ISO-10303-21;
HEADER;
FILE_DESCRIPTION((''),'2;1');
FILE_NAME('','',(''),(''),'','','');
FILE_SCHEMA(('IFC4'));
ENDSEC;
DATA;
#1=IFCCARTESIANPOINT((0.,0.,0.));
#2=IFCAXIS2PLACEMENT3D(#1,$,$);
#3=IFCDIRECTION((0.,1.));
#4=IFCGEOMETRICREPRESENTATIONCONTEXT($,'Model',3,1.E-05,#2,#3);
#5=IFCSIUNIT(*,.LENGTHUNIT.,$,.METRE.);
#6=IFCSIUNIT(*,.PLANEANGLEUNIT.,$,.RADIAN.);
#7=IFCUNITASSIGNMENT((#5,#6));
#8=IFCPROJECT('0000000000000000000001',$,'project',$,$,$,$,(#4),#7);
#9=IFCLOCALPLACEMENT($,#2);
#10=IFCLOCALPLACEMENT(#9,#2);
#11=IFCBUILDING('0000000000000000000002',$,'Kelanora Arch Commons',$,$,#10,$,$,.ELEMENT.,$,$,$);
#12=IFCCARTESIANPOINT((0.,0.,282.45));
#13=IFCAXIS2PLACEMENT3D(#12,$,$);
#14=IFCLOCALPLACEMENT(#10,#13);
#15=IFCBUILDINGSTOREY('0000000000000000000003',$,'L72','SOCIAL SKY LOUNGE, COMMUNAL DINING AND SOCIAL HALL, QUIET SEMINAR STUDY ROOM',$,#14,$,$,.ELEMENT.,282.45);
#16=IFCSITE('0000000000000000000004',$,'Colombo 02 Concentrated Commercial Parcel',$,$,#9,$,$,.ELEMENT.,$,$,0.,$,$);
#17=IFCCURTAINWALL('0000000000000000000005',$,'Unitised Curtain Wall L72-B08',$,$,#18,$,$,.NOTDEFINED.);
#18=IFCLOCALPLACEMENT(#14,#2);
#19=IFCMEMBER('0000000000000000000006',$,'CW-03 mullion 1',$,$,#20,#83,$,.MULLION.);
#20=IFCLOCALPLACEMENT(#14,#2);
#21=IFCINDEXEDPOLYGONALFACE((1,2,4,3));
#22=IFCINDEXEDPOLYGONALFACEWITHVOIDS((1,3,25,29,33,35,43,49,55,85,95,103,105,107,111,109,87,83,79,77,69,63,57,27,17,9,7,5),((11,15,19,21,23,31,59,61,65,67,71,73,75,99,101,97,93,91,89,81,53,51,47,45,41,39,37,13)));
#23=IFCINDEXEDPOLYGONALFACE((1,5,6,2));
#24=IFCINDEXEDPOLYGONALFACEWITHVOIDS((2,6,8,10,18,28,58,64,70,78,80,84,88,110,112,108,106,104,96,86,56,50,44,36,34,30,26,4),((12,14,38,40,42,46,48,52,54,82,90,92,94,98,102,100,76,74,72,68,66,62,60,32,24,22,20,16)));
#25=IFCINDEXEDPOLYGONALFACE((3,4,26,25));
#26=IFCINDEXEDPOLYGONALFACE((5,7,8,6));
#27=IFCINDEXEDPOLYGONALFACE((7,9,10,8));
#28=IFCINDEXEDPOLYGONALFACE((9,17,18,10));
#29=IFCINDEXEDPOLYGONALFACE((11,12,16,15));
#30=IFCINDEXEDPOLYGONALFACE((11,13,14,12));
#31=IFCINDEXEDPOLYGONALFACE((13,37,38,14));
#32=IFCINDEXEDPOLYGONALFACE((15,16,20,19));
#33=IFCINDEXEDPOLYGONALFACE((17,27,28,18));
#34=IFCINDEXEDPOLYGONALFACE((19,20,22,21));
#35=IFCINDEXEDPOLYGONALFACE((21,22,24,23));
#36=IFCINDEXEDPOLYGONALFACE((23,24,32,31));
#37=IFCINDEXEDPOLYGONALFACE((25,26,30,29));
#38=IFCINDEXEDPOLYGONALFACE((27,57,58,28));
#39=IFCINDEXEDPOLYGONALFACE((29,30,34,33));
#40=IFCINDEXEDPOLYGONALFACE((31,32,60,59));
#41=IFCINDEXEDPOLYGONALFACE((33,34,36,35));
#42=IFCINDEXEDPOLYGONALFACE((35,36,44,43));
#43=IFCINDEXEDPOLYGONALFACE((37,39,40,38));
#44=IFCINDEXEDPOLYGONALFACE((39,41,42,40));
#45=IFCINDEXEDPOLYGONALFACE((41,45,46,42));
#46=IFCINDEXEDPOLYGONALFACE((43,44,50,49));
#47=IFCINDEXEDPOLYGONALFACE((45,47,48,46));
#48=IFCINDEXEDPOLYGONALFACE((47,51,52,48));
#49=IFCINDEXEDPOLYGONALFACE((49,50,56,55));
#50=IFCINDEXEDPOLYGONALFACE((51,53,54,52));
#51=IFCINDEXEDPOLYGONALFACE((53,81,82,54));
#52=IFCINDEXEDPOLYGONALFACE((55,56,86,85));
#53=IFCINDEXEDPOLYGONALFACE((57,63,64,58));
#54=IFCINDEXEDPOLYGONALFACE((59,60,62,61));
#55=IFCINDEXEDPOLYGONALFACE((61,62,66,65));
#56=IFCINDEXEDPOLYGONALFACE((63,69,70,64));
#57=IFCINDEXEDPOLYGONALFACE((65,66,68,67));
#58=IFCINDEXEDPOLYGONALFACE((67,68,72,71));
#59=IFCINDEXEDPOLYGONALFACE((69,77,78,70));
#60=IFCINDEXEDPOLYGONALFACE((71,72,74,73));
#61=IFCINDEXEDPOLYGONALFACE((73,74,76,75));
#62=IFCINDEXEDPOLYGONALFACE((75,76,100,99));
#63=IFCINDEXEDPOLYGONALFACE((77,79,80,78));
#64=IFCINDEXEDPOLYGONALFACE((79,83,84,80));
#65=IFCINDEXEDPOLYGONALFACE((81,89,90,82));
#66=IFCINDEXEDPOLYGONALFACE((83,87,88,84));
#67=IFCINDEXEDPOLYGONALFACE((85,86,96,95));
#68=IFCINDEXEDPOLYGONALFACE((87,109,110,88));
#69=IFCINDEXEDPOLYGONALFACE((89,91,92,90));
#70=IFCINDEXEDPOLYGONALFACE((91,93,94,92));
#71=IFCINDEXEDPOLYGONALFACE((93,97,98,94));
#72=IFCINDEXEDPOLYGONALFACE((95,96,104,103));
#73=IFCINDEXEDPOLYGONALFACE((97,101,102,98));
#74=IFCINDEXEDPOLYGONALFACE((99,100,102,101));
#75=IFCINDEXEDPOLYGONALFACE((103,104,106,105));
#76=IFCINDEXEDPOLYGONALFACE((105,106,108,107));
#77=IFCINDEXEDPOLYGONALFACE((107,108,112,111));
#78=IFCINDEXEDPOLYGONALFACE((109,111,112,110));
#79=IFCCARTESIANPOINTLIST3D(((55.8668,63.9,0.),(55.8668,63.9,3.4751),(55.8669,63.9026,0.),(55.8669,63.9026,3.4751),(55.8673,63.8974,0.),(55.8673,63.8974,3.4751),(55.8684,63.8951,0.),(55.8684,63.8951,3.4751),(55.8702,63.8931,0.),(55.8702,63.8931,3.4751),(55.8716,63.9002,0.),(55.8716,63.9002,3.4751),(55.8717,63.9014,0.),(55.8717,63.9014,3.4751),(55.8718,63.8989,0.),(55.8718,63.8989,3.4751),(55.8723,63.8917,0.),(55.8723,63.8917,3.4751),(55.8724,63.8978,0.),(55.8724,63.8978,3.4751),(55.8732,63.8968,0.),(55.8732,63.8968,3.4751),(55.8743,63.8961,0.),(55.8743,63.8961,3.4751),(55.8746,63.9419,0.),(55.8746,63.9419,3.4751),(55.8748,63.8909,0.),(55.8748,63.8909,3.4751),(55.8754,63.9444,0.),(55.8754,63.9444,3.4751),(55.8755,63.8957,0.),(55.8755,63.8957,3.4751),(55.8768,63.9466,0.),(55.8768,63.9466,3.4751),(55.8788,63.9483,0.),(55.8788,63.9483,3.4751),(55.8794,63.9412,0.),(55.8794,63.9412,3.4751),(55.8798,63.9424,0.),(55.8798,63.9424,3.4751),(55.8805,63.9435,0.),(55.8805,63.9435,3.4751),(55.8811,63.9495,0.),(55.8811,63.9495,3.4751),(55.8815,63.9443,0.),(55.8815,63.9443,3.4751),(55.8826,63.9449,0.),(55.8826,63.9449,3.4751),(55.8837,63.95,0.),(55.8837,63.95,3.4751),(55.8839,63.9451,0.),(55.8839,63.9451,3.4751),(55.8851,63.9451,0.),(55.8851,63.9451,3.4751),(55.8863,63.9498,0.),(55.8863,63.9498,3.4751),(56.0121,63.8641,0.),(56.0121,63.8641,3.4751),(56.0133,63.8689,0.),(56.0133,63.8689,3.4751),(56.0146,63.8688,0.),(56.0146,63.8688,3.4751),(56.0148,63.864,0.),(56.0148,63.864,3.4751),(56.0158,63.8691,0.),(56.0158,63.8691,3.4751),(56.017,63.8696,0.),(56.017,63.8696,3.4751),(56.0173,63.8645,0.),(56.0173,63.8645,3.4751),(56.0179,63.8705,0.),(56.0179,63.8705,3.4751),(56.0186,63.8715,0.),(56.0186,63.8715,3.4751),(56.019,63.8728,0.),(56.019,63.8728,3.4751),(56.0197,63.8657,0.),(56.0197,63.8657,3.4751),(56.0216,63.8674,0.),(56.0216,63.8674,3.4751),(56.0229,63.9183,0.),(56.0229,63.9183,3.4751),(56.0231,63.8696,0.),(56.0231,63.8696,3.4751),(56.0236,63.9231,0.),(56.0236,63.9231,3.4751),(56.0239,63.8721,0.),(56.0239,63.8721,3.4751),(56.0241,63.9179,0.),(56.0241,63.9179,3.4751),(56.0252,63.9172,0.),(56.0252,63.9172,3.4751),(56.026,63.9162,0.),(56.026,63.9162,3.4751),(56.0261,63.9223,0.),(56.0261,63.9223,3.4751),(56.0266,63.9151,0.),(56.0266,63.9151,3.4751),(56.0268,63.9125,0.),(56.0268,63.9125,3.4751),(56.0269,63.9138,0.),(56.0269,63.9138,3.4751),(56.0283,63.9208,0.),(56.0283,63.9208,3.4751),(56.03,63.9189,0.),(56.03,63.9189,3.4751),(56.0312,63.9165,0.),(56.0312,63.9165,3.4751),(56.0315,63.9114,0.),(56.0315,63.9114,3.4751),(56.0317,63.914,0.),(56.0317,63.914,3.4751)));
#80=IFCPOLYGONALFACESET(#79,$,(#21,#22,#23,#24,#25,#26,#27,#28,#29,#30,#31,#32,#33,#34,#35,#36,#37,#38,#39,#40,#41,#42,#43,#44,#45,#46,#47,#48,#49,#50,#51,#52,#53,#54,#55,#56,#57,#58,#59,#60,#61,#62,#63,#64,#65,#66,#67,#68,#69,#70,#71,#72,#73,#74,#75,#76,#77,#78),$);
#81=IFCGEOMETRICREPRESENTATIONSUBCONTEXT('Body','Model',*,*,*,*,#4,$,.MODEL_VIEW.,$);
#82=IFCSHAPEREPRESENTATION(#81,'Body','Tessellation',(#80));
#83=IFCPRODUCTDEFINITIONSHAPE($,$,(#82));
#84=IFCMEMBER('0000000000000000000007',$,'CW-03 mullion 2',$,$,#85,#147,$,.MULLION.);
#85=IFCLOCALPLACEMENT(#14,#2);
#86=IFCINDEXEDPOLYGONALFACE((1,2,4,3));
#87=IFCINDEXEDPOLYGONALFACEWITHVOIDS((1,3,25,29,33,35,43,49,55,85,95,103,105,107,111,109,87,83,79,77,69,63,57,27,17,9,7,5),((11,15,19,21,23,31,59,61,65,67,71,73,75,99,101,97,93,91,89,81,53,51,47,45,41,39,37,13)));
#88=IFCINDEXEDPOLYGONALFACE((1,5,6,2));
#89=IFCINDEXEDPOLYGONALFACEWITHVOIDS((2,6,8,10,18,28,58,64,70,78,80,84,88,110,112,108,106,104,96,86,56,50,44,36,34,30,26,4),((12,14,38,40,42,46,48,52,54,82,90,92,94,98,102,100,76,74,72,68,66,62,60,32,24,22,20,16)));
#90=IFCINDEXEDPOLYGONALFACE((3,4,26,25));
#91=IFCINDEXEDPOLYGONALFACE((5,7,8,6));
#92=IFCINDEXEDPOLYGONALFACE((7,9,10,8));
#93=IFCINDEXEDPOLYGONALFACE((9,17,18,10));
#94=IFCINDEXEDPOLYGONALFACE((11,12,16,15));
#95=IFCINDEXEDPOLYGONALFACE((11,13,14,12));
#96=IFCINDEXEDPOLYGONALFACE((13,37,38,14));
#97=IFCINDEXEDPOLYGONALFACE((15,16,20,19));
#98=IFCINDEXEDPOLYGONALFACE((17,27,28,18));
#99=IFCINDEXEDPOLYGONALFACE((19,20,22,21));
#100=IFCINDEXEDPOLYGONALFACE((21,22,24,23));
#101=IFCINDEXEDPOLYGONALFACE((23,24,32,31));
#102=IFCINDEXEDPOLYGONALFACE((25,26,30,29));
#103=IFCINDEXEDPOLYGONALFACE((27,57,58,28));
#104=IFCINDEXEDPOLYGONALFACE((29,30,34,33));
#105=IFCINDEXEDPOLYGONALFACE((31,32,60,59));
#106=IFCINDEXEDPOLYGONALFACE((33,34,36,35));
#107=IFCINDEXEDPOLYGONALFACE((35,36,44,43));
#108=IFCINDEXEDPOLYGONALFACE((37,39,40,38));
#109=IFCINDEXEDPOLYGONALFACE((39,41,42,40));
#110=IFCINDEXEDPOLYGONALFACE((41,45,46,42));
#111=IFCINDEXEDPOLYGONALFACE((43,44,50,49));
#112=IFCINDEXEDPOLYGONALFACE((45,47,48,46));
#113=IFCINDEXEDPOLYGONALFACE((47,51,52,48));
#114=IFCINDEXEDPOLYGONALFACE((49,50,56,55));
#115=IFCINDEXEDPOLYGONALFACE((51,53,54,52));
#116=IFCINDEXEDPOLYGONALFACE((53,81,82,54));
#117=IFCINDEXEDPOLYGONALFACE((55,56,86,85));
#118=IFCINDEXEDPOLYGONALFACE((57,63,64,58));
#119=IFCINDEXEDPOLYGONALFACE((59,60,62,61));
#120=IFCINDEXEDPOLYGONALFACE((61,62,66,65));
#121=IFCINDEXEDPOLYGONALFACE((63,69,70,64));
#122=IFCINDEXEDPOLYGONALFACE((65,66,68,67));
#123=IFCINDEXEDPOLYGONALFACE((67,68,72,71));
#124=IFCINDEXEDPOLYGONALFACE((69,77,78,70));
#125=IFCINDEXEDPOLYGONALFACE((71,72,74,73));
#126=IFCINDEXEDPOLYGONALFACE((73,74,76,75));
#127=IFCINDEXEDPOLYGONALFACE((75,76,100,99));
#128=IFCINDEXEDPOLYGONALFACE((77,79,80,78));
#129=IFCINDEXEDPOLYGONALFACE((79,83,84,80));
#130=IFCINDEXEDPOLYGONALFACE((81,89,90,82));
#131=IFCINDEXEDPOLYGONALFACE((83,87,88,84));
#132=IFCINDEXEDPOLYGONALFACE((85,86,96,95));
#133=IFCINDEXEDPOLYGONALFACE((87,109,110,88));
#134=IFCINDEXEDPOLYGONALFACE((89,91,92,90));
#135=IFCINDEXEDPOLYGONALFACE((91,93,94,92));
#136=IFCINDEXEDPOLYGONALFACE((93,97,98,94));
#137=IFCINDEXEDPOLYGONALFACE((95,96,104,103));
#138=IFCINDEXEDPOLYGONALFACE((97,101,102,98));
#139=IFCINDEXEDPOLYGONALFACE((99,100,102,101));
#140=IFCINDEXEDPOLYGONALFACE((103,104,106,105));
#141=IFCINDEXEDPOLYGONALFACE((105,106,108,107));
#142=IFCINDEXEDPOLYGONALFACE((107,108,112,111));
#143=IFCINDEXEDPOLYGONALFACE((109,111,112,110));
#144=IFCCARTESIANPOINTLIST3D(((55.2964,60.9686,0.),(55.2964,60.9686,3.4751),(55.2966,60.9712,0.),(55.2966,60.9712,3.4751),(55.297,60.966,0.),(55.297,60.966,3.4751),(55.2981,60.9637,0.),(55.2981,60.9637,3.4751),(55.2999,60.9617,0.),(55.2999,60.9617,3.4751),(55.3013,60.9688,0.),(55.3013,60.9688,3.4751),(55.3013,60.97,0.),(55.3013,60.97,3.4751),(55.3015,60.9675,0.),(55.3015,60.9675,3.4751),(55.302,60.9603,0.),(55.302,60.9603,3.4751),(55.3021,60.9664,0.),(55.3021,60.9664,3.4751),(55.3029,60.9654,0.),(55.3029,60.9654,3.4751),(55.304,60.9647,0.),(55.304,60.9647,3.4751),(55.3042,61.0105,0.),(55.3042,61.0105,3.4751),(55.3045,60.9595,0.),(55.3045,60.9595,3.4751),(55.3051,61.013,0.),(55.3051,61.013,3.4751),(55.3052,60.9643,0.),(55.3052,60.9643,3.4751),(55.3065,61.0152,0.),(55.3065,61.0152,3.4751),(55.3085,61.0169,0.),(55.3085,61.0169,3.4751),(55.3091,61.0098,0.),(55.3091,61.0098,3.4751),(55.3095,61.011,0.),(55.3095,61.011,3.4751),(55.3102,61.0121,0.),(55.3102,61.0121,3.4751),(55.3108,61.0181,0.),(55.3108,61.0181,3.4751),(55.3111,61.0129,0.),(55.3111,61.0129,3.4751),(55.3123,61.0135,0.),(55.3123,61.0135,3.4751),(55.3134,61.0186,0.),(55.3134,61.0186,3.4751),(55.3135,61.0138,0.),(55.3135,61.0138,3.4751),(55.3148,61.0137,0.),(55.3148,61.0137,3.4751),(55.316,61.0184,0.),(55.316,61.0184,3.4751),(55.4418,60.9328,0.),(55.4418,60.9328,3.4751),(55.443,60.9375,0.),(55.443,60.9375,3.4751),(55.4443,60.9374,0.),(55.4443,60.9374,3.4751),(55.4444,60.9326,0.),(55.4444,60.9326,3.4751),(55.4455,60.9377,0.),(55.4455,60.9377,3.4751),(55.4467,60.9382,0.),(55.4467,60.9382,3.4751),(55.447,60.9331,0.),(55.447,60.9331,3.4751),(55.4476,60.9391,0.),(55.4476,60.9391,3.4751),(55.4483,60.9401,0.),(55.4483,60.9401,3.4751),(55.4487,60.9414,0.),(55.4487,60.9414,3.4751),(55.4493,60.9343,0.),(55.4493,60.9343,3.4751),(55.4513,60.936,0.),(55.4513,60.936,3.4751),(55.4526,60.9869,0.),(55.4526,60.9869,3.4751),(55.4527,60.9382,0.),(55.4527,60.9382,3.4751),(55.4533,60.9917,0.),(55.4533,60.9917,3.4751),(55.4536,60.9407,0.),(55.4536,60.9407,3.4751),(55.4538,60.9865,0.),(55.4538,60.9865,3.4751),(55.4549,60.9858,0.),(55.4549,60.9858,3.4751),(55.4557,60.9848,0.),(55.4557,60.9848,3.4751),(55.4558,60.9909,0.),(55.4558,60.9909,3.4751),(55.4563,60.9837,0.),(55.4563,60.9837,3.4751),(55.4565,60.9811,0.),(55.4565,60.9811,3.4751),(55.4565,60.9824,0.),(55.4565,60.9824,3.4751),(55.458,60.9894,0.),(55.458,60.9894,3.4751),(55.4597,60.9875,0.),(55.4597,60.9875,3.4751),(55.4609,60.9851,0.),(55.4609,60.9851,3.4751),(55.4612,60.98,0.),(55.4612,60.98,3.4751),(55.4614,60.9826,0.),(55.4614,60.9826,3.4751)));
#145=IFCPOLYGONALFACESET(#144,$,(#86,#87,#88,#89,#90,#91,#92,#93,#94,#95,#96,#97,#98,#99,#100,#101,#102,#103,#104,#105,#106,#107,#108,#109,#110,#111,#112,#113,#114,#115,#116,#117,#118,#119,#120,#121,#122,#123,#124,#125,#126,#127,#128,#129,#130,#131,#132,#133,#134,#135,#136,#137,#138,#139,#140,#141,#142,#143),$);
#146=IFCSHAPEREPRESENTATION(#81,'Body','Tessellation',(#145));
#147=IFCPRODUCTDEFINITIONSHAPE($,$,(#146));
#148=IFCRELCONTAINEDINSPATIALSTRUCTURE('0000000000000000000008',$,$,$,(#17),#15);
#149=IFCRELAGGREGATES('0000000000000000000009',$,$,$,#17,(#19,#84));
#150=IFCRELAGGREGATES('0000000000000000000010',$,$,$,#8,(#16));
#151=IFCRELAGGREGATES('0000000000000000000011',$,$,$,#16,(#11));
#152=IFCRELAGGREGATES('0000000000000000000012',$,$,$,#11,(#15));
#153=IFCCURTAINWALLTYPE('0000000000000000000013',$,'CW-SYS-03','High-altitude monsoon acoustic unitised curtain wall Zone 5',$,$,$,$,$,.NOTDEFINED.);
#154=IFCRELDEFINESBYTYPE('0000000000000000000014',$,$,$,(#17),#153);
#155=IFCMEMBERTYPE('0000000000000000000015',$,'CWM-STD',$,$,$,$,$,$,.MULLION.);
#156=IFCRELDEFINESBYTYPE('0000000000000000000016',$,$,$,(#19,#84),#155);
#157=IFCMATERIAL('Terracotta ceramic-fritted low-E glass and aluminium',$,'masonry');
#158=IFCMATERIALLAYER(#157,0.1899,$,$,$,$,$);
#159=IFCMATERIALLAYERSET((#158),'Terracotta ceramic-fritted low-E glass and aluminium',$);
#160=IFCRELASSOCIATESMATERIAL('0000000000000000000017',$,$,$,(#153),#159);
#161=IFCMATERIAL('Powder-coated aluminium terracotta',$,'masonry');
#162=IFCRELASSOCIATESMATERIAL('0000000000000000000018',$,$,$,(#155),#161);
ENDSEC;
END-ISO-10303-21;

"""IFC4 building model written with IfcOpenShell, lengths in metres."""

from ifc_helpers import new_model, si_unit, direction, frame, origin, origin_2d, place, context, subcontext, project, spatial, hollow_rectangle, extrude, material, layer, layer_set, material_profile, profile_set, type_object, element, aggregate, save


model = new_model("IFC4")

# Units and contexts
model_context = context("Model", 3, precision=1e-05, world=origin(), true_north=direction((0.0, 1.0)))
body_context = subcontext(model_context, "Body", "Model", "MODEL_VIEW")
ifc_project = project(units=[si_unit("LENGTHUNIT", "METRE"), si_unit("PLANEANGLEUNIT", "RADIAN")], contexts=[model_context])

# Site, building, storey
site_placement = place(None, origin())
site = spatial("IfcSite", under=ifc_project, at=site_placement, Name="Colombo 02 Concentrated Commercial Parcel", CompositionType="ELEMENT", RefElevation=0.0)
building_placement = place(site_placement, origin())
building = spatial("IfcBuilding", under=site, at=building_placement, Name="Kelanora Arch Commons", CompositionType="ELEMENT")
storey_placement = place(building_placement, frame((0.0, 0.0, 282.45)))
storey = spatial("IfcBuildingStorey", under=building, at=storey_placement, Name="L72", Description="SOCIAL SKY LOUNGE, COMMUNAL DINING AND SOCIAL HALL, QUIET SEMINAR STUDY ROOM", CompositionType="ELEMENT", Elevation=282.45)

# Curtain wall, members
ifc_material_1 = material(Name="Terracotta ceramic-fritted low-E glass and aluminium", Category="masonry")
ifc_layer_1 = layer(ifc_material_1, 0.1899)
ifc_layer_set_1 = layer_set([ifc_layer_1], Name="Terracotta ceramic-fritted low-E glass and aluminium")
curtain_wall_type = type_object("IfcCurtainWallType", Name="CW-SYS-03", Description="High-altitude monsoon acoustic unitised curtain wall Zone 5", PredefinedType="NOTDEFINED", material=ifc_layer_set_1)
curtain_wall_placement = place(storey_placement, origin())
curtain_wall = element("IfcCurtainWall", 1, at=curtain_wall_placement, inside=storey, type_object=curtain_wall_type, Name="Unitised Curtain Wall L72-B08", PredefinedType="NOTDEFINED")
ifc_material_2 = material(Name="Powder-coated aluminium terracotta", Category="masonry")
ifc_material_profile_1 = material_profile(ifc_material_2, hollow_rectangle(XDim=0.1599, YDim=0.0601, WallThickness=0.0049, InnerFilletRadius=0.0049, OuterFilletRadius=0.01, at=origin_2d()), Name="CWM160x60")
ifc_profile_set_1 = profile_set([ifc_material_profile_1], Name="Powder-coated aluminium terracotta")
member_type_1 = type_object("IfcMemberType", Name="CWM-STD", PredefinedType="MULLION", material=ifc_profile_set_1)
member_1_placement = place(storey_placement, frame((55.9492, 63.907, 0.0), z_axis=(0.0, 0.0, 1.0), x_axis=(0.981596, -0.190972, 0.0)))
member_1 = element("IfcMember", 2, at=member_1_placement, type_object=member_type_1, Name="CW-03 mullion 1", PredefinedType="MULLION", context=body_context, shape_type="SweptSolid", body=[
    extrude(hollow_rectangle(XDim=0.1599, YDim=0.0601, WallThickness=0.0049, InnerFilletRadius=0.0049, OuterFilletRadius=0.01, at=origin_2d()), origin(), (0.0, 0.0, 1.0), 3.4751),
])
member_2_placement = place(storey_placement, frame((55.3789, 60.9756, 0.0), z_axis=(0.0, 0.0, 1.0), x_axis=(0.981596, -0.190972, 0.0)))
member_2 = element("IfcMember", 3, at=member_2_placement, type_object=member_type_1, Name="CW-03 mullion 2", PredefinedType="MULLION", context=body_context, shape_type="SweptSolid", body=[
    extrude(hollow_rectangle(XDim=0.1599, YDim=0.0601, WallThickness=0.0049, InnerFilletRadius=0.0049, OuterFilletRadius=0.01, at=origin_2d()), origin(), (0.0, 0.0, 1.0), 3.4751),
])
aggregate(curtain_wall, [member_1, member_2])

save(model, "model.ifc")
